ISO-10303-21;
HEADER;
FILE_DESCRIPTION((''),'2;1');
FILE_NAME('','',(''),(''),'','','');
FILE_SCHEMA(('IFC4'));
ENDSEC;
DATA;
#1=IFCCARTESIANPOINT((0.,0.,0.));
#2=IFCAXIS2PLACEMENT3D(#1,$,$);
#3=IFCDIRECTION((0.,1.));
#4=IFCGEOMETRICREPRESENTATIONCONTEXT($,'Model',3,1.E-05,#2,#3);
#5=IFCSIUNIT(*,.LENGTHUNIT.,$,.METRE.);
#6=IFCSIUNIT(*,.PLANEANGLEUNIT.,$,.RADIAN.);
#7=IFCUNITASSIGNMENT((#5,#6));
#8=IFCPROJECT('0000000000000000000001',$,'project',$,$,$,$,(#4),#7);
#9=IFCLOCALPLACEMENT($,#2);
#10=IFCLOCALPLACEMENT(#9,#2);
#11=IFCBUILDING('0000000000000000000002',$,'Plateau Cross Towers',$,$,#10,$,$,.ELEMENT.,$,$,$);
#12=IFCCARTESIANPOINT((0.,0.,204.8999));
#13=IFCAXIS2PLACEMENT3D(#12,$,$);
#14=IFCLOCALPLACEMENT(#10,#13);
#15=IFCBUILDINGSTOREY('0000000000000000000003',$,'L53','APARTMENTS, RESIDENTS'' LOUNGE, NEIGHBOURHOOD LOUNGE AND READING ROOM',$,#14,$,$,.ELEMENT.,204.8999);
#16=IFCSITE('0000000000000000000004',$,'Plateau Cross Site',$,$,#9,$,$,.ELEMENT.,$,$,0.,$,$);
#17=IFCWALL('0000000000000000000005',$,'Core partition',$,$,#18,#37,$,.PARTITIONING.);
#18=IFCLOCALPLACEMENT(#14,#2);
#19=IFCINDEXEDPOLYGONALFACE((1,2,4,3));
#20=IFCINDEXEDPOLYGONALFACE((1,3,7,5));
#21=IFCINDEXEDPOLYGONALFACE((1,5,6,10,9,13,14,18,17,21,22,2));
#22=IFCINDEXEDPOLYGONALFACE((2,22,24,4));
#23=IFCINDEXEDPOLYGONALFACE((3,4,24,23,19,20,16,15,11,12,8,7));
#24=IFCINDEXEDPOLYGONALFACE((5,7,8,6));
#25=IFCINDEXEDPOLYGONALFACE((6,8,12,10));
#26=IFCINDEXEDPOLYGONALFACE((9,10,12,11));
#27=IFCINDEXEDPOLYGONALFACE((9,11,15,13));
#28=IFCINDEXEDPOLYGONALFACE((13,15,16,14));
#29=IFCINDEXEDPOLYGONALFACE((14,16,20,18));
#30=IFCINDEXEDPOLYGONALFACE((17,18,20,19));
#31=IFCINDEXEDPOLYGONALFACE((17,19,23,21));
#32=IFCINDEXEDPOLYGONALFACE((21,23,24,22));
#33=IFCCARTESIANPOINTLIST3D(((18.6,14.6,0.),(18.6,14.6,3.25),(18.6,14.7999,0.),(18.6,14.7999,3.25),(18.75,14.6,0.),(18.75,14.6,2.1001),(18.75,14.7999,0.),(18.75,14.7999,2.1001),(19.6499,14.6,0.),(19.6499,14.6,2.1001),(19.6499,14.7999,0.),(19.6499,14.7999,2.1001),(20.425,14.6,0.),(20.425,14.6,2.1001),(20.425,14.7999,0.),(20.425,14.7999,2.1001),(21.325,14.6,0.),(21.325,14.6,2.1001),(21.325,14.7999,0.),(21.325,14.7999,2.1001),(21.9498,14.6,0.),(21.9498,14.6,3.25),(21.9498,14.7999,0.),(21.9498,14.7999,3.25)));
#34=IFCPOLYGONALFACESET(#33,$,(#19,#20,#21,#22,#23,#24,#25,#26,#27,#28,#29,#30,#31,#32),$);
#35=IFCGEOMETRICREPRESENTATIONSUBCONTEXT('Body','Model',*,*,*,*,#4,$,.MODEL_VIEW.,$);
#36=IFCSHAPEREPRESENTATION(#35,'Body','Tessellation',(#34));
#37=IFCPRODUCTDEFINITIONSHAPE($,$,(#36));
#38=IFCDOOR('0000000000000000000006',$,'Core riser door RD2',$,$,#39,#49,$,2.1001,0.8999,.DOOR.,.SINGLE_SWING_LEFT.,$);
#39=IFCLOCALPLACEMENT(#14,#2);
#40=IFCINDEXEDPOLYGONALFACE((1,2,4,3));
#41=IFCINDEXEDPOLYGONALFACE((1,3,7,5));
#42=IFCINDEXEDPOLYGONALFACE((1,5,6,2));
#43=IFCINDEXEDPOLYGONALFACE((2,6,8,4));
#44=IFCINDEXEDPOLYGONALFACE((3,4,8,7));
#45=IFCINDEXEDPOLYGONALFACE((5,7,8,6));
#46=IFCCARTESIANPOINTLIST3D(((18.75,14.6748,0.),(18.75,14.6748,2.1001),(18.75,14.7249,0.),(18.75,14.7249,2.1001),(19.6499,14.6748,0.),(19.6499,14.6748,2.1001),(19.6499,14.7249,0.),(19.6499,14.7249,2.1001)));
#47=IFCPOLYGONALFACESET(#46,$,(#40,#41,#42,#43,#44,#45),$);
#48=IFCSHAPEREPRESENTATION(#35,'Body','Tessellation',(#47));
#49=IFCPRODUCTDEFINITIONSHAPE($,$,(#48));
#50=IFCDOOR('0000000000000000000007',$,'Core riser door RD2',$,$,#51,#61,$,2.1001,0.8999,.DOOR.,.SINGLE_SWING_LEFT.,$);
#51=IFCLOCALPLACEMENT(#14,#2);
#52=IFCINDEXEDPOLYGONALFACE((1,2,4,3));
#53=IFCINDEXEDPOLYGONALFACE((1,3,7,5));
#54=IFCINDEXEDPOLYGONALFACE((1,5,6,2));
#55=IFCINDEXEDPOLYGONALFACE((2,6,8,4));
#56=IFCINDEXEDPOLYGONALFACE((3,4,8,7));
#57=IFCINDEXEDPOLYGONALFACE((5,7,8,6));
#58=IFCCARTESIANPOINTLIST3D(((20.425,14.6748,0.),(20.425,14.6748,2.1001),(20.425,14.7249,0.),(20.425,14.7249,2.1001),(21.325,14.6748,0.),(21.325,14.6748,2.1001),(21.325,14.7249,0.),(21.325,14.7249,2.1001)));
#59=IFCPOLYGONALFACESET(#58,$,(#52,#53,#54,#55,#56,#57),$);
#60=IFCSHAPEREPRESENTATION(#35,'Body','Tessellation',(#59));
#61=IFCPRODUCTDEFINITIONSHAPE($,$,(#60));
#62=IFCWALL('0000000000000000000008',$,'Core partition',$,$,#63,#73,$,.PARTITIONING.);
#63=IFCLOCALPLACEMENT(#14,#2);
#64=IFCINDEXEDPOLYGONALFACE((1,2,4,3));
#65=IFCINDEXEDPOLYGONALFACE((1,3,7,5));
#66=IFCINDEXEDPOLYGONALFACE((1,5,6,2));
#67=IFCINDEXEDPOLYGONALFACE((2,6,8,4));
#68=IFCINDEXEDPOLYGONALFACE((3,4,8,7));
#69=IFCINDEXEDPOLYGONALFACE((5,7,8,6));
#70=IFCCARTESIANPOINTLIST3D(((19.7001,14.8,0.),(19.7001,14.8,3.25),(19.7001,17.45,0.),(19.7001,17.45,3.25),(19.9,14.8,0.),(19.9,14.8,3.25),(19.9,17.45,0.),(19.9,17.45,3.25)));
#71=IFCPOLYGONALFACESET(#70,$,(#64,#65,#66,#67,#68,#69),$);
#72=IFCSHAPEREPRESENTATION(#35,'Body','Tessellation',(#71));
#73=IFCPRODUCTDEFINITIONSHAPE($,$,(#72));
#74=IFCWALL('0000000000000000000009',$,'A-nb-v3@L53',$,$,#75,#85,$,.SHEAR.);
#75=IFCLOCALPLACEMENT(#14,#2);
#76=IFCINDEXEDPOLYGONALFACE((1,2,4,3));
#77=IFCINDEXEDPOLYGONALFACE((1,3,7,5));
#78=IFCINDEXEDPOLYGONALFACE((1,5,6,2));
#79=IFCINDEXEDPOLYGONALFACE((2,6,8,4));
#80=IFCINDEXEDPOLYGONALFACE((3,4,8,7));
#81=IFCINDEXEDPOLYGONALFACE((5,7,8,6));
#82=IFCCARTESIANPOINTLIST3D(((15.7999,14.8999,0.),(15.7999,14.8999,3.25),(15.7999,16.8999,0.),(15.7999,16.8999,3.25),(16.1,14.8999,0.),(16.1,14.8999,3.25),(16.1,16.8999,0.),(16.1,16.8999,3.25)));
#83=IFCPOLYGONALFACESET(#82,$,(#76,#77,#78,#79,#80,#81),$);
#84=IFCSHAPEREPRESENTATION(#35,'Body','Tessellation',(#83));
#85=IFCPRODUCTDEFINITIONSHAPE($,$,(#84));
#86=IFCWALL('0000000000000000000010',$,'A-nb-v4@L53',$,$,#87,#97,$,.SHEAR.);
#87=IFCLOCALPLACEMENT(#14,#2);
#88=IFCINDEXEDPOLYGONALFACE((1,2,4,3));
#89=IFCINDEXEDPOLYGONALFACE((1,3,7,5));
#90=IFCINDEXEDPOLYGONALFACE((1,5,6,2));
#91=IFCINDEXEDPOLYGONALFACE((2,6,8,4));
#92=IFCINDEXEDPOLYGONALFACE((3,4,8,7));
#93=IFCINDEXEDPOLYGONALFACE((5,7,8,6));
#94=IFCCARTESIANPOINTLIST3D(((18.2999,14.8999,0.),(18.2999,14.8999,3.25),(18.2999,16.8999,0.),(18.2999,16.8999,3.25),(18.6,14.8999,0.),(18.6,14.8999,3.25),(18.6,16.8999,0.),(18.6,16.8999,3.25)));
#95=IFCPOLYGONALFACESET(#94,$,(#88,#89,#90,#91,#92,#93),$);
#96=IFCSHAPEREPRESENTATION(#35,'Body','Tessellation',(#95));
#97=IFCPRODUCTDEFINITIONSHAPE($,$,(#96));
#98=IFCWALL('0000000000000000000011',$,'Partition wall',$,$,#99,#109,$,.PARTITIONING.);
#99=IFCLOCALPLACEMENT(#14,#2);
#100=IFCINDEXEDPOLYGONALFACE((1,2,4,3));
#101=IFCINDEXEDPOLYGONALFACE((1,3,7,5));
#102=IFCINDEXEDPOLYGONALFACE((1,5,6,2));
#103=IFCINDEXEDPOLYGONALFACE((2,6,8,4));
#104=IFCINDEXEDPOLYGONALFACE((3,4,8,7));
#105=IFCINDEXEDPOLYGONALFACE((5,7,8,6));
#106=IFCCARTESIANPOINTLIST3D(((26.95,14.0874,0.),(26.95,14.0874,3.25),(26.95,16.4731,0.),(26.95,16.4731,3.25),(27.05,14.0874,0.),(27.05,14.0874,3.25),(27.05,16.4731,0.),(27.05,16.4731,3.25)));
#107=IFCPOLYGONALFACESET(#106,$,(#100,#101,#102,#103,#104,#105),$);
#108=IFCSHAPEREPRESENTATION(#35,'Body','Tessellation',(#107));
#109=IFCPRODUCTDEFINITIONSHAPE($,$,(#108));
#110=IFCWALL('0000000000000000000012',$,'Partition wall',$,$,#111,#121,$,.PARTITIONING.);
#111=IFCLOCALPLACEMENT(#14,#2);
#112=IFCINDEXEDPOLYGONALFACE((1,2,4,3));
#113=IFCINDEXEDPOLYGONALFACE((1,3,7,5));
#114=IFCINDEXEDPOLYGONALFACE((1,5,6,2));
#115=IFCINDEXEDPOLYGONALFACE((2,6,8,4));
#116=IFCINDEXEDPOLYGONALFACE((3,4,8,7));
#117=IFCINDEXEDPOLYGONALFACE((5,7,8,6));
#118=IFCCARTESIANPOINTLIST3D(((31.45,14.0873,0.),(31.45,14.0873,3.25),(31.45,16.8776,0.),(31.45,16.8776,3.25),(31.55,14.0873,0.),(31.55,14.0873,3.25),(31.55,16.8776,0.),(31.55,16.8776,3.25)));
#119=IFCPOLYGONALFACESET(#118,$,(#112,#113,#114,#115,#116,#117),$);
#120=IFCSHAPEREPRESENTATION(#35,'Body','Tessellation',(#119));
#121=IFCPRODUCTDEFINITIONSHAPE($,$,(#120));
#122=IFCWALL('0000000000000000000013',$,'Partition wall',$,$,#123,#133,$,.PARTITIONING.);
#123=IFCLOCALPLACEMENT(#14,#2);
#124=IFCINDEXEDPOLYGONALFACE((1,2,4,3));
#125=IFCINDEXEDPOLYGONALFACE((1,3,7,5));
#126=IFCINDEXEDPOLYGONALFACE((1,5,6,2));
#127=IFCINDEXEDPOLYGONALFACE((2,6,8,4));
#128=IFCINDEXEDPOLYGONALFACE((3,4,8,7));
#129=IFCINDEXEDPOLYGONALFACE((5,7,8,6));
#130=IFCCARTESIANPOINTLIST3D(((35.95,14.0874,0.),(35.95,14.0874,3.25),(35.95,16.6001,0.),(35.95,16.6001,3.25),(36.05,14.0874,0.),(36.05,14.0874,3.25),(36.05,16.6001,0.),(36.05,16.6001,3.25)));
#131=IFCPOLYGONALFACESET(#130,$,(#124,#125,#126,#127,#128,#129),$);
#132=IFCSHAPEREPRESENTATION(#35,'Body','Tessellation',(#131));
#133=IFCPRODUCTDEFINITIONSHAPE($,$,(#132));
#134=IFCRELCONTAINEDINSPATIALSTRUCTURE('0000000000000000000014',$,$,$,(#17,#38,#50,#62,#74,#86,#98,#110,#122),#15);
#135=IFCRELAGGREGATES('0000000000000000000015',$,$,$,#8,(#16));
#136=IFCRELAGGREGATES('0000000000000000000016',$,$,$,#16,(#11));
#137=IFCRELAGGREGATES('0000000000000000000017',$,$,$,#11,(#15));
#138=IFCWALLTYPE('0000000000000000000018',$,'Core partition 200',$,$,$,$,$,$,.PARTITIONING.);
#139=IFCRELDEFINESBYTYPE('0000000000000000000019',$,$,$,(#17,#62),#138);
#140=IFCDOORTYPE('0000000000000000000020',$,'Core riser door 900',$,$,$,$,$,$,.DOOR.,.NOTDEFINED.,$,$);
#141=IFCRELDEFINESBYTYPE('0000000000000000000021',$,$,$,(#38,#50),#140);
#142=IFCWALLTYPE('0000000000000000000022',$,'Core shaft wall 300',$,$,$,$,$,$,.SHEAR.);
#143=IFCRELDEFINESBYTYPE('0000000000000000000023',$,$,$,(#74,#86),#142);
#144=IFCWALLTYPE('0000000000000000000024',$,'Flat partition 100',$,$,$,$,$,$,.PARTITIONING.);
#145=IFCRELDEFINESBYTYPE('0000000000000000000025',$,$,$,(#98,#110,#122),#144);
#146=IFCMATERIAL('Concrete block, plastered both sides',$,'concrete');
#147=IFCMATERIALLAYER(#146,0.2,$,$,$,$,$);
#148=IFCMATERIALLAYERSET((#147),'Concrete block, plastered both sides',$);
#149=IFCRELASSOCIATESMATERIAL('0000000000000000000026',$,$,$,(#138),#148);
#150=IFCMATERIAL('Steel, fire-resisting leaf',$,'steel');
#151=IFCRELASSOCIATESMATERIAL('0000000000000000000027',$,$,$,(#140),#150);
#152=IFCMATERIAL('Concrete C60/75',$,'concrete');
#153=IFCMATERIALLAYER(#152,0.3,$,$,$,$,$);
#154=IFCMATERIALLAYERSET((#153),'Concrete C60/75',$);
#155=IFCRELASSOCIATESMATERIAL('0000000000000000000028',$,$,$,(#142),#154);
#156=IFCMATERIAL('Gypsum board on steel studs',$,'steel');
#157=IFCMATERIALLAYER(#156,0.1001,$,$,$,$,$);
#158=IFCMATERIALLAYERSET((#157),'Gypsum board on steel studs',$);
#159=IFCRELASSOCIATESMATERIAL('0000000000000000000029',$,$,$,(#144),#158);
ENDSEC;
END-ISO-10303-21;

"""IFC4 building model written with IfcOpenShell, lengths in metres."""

from ifc_helpers import new_model, si_unit, direction, frame, frame_2d, origin, place, context, subcontext, project, spatial, rectangle, extrude, material, layer, layer_set, type_object, element, fill, save


model = new_model("IFC4")

# Units and contexts
model_context = context("Model", 3, precision=1e-05, world=origin(), true_north=direction((0.0, 1.0)))
body_context = subcontext(model_context, "Body", "Model", "MODEL_VIEW")
ifc_project = project(units=[si_unit("LENGTHUNIT", "METRE"), si_unit("PLANEANGLEUNIT", "RADIAN")], contexts=[model_context])

# Site, building, storey
site_placement = place(None, origin())
site = spatial("IfcSite", under=ifc_project, at=site_placement, Name="Plateau Cross Site", CompositionType="ELEMENT", RefElevation=0.0)
building_placement = place(site_placement, origin())
building = spatial("IfcBuilding", under=site, at=building_placement, Name="Plateau Cross Towers", CompositionType="ELEMENT")
storey_placement = place(building_placement, frame((0.0, 0.0, 204.8999)))
storey = spatial("IfcBuildingStorey", under=building, at=storey_placement, Name="L53", Description="APARTMENTS, RESIDENTS' LOUNGE, NEIGHBOURHOOD LOUNGE AND READING ROOM", CompositionType="ELEMENT", Elevation=204.8999)

# Shared definitions
ifc_material_1 = material(Name="Concrete C60/75", Category="concrete")

# Wall, openings, doors
ifc_material_2 = material(Name="Concrete block, plastered both sides", Category="concrete")
ifc_layer_1 = layer(ifc_material_2, 0.2)
ifc_layer_set_1 = layer_set([ifc_layer_1], Name="Concrete block, plastered both sides")
wall_type_1 = type_object("IfcWallType", Name="Core partition 200", PredefinedType="PARTITIONING", material=ifc_layer_set_1)
wall_1_placement = place(storey_placement, frame((18.6001, 14.7, 0.0), z_axis=(0.0, 0.0, 1.0), x_axis=(1.0, 0.0, 0.0)))
wall_1 = element("IfcWall", 1, at=wall_1_placement, inside=storey, type_object=wall_type_1, Name="Core partition", PredefinedType="PARTITIONING", context=body_context, shape_type="SweptSolid", body=[
    extrude(rectangle(XDim=3.3499, YDim=0.2, at=frame_2d((1.6748, 0.0))), origin(), (0.0, 0.0, 1.0), 3.25),
])
opening_1_placement = place(wall_1_placement, frame((0.1499, 0.0, 0.0)))
opening_1 = element("IfcOpeningElement", 2, at=opening_1_placement, cuts=wall_1, PredefinedType="OPENING", context=body_context, shape_type="SweptSolid", body=[
    extrude(rectangle(XDim=0.8999, YDim=2.1001, at=frame_2d((0.45, 1.05))), frame((0.0, 0.1099, 0.0), z_axis=(0.0, -1.0, 0.0), x_axis=(1.0, 0.0, 0.0)), (0.0, 0.0, 1.0), 0.22),
])
opening_2_placement = place(wall_1_placement, frame((1.825, 0.0, 0.0)))
opening_2 = element("IfcOpeningElement", 3, at=opening_2_placement, cuts=wall_1, PredefinedType="OPENING", context=body_context, shape_type="SweptSolid", body=[
    extrude(rectangle(XDim=0.8999, YDim=2.1001, at=frame_2d((0.45, 1.05))), frame((0.0, 0.1099, 0.0), z_axis=(0.0, -1.0, 0.0), x_axis=(1.0, 0.0, 0.0)), (0.0, 0.0, 1.0), 0.22),
])
ifc_material_3 = material(Name="Steel, fire-resisting leaf", Category="steel")
door_type = type_object("IfcDoorType", Name="Core riser door 900", OperationType="NOTDEFINED", PredefinedType="DOOR", material=ifc_material_3)
door_1_placement = place(opening_1_placement, origin())
door_1 = element("IfcDoor", 4, at=door_1_placement, inside=storey, type_object=door_type, Name="Core riser door RD2", OperationType="SINGLE_SWING_LEFT", OverallHeight=2.1001, OverallWidth=0.8999, PredefinedType="DOOR", context=body_context, shape_type="SweptSolid", body=[
    extrude(rectangle(XDim=0.8999, YDim=2.1001, at=frame_2d((0.45, 1.05))), frame((0.0, 0.0249, 0.0), z_axis=(0.0, -1.0, 0.0), x_axis=(1.0, 0.0, 0.0)), (0.0, 0.0, 1.0), 0.05),
])
fill(opening_1, door_1)
door_2_placement = place(opening_2_placement, origin())
door_2 = element("IfcDoor", 5, at=door_2_placement, inside=storey, type_object=door_type, Name="Core riser door RD2", OperationType="SINGLE_SWING_LEFT", OverallHeight=2.1001, OverallWidth=0.8999, PredefinedType="DOOR", context=body_context, shape_type="SweptSolid", body=[
    extrude(rectangle(XDim=0.8999, YDim=2.1001, at=frame_2d((0.45, 1.05))), frame((0.0, 0.0249, 0.0), z_axis=(0.0, -1.0, 0.0), x_axis=(1.0, 0.0, 0.0)), (0.0, 0.0, 1.0), 0.05),
])
fill(opening_2, door_2)

# Walls
wall_2_placement = place(storey_placement, frame((19.8, 14.8, 0.0), z_axis=(0.0, 0.0, 1.0), x_axis=(0.0, 1.0, 0.0)))
element("IfcWall", 6, at=wall_2_placement, inside=storey, type_object=wall_type_1, Name="Core partition", PredefinedType="PARTITIONING", context=body_context, shape_type="SweptSolid", body=[
    extrude(rectangle(XDim=2.6499, YDim=0.2, at=frame_2d((1.325, 0.0))), origin(), (0.0, 0.0, 1.0), 3.25),
])
ifc_layer_2 = layer(ifc_material_1, 0.3)
ifc_layer_set_2 = layer_set([ifc_layer_2], Name="Concrete C60/75")
wall_type_2 = type_object("IfcWallType", Name="Core shaft wall 300", PredefinedType="SHEAR", material=ifc_layer_set_2)
for number, where, z_axis, x_axis, name in (
    (7, (15.95, 14.8999, 0.0), (0.0, 0.0, 1.0), (0.0, 1.0, 0.0), "A-nb-v3@L53"),
    (8, (18.45, 14.8999, 0.0), (0.0, 0.0, 1.0), (0.0, 1.0, 0.0), "A-nb-v4@L53"),
):
    element("IfcWall", number, at=place(storey_placement, frame(where, z_axis=z_axis, x_axis=x_axis)), inside=storey, type_object=wall_type_2, Name=name, PredefinedType="SHEAR", context=body_context, shape_type="SweptSolid", body=[
        extrude(rectangle(XDim=2.0, YDim=0.3, at=frame_2d((1.0, 0.0))), origin(), (0.0, 0.0, 1.0), 3.25),
    ])
ifc_material_4 = material(Name="Gypsum board on steel studs", Category="steel")
ifc_layer_3 = layer(ifc_material_4, 0.1001)
ifc_layer_set_3 = layer_set([ifc_layer_3], Name="Gypsum board on steel studs")
wall_type_3 = type_object("IfcWallType", Name="Flat partition 100", PredefinedType="PARTITIONING", material=ifc_layer_set_3)
wall_3_placement = place(storey_placement, frame((27.0, 16.4731, 0.0), z_axis=(0.0, 0.0, 1.0), x_axis=(0.0, -1.0, 0.0)))
element("IfcWall", 9, at=wall_3_placement, inside=storey, type_object=wall_type_3, Name="Partition wall", PredefinedType="PARTITIONING", context=body_context, shape_type="SweptSolid", body=[
    extrude(rectangle(XDim=2.3857, YDim=0.1001, at=frame_2d((1.1929, 0.0))), origin(), (0.0, 0.0, 1.0), 3.25),
])
wall_4_placement = place(storey_placement, frame((31.5, 14.0874, 0.0), z_axis=(0.0, 0.0, 1.0), x_axis=(0.0, 1.0, 0.0)))
element("IfcWall", 10, at=wall_4_placement, inside=storey, type_object=wall_type_3, Name="Partition wall", PredefinedType="PARTITIONING", context=body_context, shape_type="SweptSolid", body=[
    extrude(rectangle(XDim=2.7903, YDim=0.1001, at=frame_2d((1.395, 0.0))), origin(), (0.0, 0.0, 1.0), 3.25),
])
wall_5_placement = place(storey_placement, frame((36.0, 14.0874, 0.0), z_axis=(0.0, 0.0, 1.0), x_axis=(0.0, 1.0, 0.0)))
element("IfcWall", 11, at=wall_5_placement, inside=storey, type_object=wall_type_3, Name="Partition wall", PredefinedType="PARTITIONING", context=body_context, shape_type="SweptSolid", body=[
    extrude(rectangle(XDim=2.5127, YDim=0.1001, at=frame_2d((1.2563, 0.0))), origin(), (0.0, 0.0, 1.0), 3.25),
])

save(model, "model.ifc")
